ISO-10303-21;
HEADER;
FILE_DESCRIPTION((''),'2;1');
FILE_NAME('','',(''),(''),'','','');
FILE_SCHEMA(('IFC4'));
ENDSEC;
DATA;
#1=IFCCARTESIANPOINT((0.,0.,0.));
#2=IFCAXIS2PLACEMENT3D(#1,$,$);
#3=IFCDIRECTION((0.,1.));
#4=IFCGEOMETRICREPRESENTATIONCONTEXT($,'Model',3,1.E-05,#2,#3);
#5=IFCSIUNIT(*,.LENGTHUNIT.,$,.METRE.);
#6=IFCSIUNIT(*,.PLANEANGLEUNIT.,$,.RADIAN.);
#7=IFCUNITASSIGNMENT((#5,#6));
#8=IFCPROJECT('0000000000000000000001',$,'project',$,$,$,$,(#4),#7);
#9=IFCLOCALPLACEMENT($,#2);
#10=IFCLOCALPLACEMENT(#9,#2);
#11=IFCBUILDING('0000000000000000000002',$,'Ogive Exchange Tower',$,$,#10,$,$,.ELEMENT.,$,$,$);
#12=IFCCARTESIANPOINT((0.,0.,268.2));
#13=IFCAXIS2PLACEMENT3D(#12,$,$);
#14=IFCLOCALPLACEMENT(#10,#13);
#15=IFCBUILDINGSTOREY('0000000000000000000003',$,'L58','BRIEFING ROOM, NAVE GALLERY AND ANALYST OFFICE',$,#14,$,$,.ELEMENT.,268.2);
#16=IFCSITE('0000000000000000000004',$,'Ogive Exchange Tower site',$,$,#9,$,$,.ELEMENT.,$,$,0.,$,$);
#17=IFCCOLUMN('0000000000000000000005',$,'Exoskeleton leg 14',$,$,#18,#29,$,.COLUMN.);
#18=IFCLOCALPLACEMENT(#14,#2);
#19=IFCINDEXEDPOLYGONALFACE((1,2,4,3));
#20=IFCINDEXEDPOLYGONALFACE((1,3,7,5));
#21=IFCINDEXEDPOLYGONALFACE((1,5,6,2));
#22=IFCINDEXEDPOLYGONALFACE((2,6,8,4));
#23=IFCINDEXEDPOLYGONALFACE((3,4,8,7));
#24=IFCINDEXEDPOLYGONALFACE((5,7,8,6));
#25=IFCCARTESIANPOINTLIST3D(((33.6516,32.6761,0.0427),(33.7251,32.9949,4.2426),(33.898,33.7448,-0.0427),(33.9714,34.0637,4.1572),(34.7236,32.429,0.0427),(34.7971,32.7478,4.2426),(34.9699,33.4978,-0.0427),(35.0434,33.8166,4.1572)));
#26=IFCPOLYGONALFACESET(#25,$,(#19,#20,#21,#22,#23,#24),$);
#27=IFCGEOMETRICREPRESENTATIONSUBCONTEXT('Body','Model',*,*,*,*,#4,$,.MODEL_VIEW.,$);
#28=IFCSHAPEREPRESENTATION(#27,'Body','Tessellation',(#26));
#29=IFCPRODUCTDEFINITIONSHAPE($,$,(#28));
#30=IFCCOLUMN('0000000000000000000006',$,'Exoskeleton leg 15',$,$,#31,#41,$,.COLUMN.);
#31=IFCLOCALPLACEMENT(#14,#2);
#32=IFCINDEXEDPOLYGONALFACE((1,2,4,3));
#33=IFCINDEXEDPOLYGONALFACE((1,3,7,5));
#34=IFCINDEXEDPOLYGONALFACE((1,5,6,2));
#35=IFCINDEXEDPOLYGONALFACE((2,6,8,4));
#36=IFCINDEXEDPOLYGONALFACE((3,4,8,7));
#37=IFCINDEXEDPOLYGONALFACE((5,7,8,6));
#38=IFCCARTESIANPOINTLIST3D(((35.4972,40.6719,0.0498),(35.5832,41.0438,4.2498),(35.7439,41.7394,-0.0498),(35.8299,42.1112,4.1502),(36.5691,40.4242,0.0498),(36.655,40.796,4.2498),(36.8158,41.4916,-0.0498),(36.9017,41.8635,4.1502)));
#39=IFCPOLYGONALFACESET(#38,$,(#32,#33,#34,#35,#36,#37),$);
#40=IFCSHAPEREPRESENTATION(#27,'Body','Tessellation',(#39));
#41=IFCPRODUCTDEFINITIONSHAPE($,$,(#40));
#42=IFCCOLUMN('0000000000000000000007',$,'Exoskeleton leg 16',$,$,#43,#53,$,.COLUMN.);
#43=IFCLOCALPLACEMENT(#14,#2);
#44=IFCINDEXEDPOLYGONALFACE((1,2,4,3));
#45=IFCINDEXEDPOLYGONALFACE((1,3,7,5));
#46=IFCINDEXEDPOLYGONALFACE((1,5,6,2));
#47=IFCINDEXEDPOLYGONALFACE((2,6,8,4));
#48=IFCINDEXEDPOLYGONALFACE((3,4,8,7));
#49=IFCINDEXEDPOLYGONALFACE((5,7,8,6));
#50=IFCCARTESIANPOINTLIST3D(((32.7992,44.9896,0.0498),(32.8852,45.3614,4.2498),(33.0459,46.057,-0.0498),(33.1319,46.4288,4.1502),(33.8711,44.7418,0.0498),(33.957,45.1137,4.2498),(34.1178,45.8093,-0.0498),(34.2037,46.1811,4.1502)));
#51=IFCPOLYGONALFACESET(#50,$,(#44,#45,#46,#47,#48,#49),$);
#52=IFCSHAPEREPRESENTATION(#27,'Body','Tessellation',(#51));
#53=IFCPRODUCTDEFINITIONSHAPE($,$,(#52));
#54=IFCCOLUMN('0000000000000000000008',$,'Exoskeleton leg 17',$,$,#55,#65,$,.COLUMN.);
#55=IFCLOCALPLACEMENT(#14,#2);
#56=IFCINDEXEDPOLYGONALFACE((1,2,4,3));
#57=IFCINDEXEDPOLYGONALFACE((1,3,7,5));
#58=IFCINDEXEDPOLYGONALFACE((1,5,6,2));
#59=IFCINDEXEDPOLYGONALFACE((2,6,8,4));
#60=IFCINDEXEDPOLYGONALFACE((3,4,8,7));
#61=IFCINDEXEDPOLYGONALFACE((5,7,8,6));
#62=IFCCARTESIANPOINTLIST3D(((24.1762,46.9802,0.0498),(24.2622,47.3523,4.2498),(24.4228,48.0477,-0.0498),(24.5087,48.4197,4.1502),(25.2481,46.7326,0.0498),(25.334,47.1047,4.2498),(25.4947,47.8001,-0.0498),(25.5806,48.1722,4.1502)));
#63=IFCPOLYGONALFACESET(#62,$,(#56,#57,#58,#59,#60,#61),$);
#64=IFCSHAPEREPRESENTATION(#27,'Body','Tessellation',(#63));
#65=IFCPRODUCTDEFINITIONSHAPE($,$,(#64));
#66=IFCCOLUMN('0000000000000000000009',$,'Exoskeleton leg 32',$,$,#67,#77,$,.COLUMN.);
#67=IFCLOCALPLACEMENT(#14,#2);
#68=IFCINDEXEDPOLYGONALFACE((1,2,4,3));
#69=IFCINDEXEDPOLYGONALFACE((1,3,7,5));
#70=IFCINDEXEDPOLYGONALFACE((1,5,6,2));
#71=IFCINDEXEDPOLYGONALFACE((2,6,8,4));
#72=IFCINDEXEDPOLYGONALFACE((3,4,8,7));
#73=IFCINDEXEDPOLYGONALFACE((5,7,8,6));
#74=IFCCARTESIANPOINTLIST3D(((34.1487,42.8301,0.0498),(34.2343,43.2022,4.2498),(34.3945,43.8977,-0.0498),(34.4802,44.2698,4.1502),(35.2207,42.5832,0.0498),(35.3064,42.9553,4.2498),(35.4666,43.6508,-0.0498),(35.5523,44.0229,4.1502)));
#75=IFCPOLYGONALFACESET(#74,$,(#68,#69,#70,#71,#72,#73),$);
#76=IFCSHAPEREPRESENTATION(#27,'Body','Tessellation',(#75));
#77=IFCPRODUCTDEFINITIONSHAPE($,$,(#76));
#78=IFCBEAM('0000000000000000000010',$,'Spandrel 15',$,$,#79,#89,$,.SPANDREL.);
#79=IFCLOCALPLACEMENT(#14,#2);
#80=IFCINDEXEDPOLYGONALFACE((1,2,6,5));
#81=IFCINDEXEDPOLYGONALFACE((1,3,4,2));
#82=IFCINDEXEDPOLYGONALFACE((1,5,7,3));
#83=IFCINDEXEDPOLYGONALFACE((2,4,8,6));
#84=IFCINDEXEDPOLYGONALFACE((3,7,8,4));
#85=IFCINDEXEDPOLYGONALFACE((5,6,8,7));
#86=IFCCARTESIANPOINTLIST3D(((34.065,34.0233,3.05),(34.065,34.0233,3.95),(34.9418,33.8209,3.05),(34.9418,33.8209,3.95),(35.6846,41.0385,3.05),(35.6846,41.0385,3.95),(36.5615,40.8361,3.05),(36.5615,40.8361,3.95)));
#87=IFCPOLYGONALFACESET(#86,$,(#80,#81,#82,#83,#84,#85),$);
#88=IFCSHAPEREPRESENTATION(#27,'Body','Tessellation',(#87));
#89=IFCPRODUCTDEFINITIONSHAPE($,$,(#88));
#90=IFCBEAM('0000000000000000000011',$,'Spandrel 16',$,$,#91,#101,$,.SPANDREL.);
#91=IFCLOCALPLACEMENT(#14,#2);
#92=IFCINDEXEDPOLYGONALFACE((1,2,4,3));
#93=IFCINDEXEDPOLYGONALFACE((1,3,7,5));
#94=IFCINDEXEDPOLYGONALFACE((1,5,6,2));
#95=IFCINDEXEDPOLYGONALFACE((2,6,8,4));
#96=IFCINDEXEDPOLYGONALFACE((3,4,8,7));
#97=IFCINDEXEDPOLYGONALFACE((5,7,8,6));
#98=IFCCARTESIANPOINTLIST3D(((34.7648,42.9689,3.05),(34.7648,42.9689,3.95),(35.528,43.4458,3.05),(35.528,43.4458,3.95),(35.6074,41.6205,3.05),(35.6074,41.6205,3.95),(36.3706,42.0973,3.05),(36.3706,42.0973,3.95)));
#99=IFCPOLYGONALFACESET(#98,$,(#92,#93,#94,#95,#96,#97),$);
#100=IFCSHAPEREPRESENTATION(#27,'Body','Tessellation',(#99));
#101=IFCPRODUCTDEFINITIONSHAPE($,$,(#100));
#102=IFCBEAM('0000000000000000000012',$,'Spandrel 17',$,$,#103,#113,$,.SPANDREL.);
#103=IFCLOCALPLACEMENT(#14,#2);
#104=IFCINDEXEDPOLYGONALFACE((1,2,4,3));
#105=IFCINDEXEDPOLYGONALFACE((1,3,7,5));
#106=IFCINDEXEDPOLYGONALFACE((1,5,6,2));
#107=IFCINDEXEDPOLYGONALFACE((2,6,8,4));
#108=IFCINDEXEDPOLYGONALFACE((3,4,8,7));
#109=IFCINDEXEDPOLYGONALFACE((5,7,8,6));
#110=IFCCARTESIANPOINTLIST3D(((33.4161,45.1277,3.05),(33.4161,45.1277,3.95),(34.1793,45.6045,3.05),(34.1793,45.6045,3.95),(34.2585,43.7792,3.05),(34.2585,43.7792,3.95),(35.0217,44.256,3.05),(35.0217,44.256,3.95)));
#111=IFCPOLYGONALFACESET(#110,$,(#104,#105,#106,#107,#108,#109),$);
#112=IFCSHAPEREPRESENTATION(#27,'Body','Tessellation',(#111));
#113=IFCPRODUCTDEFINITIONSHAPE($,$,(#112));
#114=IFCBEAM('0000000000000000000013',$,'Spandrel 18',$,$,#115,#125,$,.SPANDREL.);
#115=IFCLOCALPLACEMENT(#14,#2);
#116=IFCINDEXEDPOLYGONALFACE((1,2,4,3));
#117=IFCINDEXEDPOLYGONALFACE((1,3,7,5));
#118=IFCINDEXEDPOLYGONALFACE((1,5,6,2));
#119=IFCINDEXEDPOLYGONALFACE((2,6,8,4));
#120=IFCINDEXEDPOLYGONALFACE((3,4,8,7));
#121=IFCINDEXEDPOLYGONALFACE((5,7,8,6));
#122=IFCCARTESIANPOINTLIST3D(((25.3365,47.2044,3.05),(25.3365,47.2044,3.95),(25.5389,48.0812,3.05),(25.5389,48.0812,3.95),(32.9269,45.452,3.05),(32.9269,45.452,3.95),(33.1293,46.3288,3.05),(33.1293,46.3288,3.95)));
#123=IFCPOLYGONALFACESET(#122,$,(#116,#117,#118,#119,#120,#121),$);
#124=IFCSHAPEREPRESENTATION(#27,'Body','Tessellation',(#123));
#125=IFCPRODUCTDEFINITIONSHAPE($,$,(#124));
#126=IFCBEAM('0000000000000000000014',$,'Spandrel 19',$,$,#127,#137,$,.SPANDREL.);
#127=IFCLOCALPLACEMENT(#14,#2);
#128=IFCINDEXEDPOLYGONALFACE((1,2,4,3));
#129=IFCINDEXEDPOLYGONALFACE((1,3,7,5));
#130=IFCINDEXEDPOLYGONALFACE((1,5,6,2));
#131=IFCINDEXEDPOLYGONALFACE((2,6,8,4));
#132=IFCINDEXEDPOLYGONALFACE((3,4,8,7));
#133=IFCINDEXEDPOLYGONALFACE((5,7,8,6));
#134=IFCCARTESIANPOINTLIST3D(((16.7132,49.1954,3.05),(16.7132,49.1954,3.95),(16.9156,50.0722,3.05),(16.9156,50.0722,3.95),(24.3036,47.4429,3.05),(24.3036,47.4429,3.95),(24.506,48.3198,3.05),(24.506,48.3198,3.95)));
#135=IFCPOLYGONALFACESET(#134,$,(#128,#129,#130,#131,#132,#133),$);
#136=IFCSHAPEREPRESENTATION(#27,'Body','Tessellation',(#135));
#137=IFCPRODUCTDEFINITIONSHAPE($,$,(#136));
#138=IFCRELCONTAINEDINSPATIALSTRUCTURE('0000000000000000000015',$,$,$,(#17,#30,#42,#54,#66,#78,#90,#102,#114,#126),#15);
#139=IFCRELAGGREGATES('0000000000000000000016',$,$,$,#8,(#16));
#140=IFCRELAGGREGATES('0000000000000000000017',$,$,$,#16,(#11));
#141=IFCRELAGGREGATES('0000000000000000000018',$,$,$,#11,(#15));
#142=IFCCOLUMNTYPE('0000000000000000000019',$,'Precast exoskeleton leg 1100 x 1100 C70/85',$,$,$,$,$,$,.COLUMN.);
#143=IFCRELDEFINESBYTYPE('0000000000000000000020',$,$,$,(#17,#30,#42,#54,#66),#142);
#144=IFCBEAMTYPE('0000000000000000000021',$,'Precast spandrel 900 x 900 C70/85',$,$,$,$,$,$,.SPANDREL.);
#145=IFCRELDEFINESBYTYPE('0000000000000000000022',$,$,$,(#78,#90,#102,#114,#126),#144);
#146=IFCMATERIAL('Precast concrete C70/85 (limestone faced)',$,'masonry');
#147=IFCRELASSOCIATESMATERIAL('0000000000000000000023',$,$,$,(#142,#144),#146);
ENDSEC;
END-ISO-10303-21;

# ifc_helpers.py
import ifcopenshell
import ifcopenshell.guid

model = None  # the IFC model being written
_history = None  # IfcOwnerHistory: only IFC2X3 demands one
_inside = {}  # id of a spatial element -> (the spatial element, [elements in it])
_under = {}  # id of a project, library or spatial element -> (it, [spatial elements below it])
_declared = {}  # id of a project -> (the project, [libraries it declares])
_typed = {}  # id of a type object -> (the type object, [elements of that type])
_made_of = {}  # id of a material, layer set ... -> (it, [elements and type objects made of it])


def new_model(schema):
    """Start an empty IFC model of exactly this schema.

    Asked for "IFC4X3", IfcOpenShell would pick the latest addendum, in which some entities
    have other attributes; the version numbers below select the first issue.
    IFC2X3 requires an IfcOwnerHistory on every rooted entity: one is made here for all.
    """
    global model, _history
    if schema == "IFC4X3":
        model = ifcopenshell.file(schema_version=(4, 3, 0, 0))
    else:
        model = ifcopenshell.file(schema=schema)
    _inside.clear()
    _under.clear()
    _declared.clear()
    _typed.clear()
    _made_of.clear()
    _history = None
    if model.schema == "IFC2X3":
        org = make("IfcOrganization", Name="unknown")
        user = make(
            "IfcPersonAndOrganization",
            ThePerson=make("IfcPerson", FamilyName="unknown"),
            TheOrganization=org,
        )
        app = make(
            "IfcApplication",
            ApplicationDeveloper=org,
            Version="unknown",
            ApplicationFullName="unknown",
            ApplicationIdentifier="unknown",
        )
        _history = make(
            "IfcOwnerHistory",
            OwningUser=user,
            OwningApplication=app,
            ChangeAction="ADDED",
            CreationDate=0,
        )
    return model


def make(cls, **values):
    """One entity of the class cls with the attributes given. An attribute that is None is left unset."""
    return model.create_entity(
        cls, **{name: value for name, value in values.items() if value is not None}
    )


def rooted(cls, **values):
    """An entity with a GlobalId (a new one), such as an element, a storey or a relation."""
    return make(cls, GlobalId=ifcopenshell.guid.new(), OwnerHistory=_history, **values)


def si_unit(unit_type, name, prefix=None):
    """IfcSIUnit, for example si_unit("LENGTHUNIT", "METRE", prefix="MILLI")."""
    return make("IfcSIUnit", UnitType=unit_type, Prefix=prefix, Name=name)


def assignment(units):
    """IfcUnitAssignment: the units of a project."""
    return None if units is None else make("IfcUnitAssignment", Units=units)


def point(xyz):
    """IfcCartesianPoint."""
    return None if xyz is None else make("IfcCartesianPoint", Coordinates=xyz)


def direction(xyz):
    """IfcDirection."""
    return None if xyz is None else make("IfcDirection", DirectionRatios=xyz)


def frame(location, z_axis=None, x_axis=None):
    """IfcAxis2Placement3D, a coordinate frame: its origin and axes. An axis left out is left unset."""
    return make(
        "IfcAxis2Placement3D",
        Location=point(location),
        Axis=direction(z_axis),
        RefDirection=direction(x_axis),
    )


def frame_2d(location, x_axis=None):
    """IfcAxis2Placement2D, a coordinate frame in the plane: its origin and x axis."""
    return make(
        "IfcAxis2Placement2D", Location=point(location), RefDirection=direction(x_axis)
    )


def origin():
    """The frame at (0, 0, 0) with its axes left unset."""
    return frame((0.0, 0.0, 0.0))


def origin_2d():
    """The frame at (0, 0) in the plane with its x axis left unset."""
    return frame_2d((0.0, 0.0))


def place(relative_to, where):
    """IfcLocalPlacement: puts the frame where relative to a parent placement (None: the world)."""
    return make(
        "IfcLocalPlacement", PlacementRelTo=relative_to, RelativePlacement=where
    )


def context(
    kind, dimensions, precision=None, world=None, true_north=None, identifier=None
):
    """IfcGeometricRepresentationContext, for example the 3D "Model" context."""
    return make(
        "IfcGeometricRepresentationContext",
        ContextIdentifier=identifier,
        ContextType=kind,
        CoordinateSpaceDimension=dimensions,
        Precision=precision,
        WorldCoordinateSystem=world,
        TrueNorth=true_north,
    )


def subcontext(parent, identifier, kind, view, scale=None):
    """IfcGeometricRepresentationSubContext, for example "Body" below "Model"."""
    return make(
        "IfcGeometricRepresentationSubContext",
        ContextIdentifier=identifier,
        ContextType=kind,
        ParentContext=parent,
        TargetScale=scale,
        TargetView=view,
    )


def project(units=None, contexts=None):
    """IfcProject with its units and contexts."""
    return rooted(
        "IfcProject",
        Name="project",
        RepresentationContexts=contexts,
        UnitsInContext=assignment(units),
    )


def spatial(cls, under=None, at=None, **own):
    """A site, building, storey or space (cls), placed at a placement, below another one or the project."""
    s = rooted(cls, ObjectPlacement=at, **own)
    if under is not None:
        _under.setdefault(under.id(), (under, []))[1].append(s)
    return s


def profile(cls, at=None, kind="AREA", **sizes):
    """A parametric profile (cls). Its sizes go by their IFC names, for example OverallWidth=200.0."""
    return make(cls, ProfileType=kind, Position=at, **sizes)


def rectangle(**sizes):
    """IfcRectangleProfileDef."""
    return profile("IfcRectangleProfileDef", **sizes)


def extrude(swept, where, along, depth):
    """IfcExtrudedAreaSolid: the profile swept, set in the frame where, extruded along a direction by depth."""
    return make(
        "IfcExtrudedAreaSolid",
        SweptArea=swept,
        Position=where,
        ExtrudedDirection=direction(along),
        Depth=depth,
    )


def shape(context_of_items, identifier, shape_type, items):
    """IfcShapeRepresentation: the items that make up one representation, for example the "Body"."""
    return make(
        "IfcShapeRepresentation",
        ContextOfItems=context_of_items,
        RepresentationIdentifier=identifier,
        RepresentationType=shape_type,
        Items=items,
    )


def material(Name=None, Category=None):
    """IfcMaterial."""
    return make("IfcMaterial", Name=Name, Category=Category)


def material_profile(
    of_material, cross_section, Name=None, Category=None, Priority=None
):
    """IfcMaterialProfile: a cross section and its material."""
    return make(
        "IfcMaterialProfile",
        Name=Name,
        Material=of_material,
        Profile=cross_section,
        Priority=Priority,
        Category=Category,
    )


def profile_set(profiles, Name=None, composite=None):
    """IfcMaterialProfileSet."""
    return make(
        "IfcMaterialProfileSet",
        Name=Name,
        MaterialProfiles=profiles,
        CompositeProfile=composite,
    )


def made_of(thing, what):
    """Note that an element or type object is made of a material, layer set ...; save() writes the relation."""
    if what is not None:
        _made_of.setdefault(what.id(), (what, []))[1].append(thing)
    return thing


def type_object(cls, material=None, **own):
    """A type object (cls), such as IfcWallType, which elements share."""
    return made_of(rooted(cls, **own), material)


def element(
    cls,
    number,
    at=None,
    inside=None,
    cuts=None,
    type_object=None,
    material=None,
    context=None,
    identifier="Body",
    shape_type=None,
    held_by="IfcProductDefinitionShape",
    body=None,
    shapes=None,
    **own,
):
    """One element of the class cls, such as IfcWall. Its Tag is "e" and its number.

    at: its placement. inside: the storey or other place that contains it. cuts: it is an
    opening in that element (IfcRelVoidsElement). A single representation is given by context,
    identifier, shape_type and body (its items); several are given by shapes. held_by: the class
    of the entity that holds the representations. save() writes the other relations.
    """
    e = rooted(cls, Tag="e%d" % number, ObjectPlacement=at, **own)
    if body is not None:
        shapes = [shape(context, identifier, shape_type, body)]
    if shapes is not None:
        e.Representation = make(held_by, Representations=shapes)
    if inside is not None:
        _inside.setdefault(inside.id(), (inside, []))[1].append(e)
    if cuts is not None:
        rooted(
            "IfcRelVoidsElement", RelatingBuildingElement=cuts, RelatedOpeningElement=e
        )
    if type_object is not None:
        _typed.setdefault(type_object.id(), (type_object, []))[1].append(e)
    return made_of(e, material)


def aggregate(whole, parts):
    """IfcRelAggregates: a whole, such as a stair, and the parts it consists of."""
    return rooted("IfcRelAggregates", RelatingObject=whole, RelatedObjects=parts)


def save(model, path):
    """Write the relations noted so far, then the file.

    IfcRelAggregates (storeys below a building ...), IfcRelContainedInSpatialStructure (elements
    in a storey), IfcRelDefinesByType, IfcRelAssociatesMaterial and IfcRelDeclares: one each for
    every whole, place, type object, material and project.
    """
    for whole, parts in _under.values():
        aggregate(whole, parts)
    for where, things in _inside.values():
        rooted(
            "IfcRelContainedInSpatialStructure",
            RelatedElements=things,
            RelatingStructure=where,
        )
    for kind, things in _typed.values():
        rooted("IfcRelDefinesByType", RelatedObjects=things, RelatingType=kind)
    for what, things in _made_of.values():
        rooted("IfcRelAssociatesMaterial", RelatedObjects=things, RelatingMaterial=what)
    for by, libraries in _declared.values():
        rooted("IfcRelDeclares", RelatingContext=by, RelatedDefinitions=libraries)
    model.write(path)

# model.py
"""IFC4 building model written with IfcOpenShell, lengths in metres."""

from ifc_helpers import new_model, si_unit, direction, frame, origin, origin_2d, place, context, subcontext, project, spatial, rectangle, extrude, material, material_profile, profile_set, type_object, element, save


model = new_model("IFC4")

# Units and contexts
model_context = context("Model", 3, precision=1e-05, world=origin(), true_north=direction((0.0, 1.0)))
body_context = subcontext(model_context, "Body", "Model", "MODEL_VIEW")
ifc_project = project(units=[si_unit("LENGTHUNIT", "METRE"), si_unit("PLANEANGLEUNIT", "RADIAN")], contexts=[model_context])

# Site, building, storey
site_placement = place(None, origin())
site = spatial("IfcSite", under=ifc_project, at=site_placement, Name="Ogive Exchange Tower site", CompositionType="ELEMENT", RefElevation=0.0)
building_placement = place(site_placement, origin())
building = spatial("IfcBuilding", under=site, at=building_placement, Name="Ogive Exchange Tower", CompositionType="ELEMENT")
storey_placement = place(building_placement, frame((0.0, 0.0, 268.2)))
storey = spatial("IfcBuildingStorey", under=building, at=storey_placement, Name="L58", Description="BRIEFING ROOM, NAVE GALLERY AND ANALYST OFFICE", CompositionType="ELEMENT", Elevation=268.2)

# Columns
ifc_material_1 = material(Name="Precast concrete C70/85 (limestone faced)", Category="masonry")
ifc_material_profile_1 = material_profile(ifc_material_1, rectangle(XDim=1.1001, YDim=1.1001, at=origin_2d()), Name="1100 x 1100")
ifc_profile_set_1 = profile_set([ifc_material_profile_1], Name="Precast concrete C70/85 (limestone faced)")
column_type = type_object("IfcColumnType", Name="Precast exoskeleton leg 1100 x 1100 C70/85", PredefinedType="COLUMN", material=ifc_profile_set_1)
column_placement = place(storey_placement, frame((34.3108, 33.0869, 0.0), z_axis=(0.017444, 0.075688, 0.996979), x_axis=(-0.974454, 0.224587, 0.0)))
element("IfcColumn", 1, at=column_placement, inside=storey, type_object=column_type, Name="Exoskeleton leg 14", PredefinedType="COLUMN", context=body_context, shape_type="SweptSolid", body=[
    extrude(rectangle(XDim=1.1001, YDim=1.1001, at=origin_2d()), origin(), (0.0, 0.0, 1.0), 4.2126),
])
for number, where, z_axis, x_axis, name in (
    (2, (36.1565, 41.0818, 0.0), (0.020378, 0.088168, 0.995897), (-0.974316, 0.225187, 0.0), "Exoskeleton leg 15"),
    (3, (33.4585, 45.3994, 0.0), (0.020378, 0.088168, 0.995897), (-0.974316, 0.225187, 0.0), "Exoskeleton leg 16"),
    (4, (24.8354, 47.3901, 0.0), (0.020377, 0.088225, 0.995892), (-0.974348, 0.225046, 0.0), "Exoskeleton leg 17"),
    (5, (34.8076, 43.2405, 0.0), (0.02032, 0.088225, 0.995893), (-0.974488, 0.224439, 0.0), "Exoskeleton leg 32"),
):
    element("IfcColumn", number, at=place(storey_placement, frame(where, z_axis=z_axis, x_axis=x_axis)), inside=storey, type_object=column_type, Name=name, PredefinedType="COLUMN", context=body_context, shape_type="SweptSolid", body=[
        extrude(rectangle(XDim=1.1001, YDim=1.1001, at=origin_2d()), origin(), (0.0, 0.0, 1.0), 4.2173),
    ])

# Beams
ifc_material_profile_2 = material_profile(ifc_material_1, rectangle(XDim=0.8999, YDim=0.8999, at=origin_2d()), Name="900 x 900")
ifc_profile_set_2 = profile_set([ifc_material_profile_2], Name="Precast concrete C70/85 (limestone faced)")
beam_type = type_object("IfcBeamType", Name="Precast spandrel 900 x 900 C70/85", PredefinedType="SPANDREL", material=ifc_profile_set_2)
beam_placement = place(storey_placement, frame((34.5034, 33.9221, 3.5), z_axis=(0.224959, 0.974368, 0.0), x_axis=(-0.974368, 0.224959, 0.0)))
element("IfcBeam", 6, at=beam_placement, inside=storey, type_object=beam_type, Name="Spandrel 15", PredefinedType="SPANDREL", context=body_context, shape_type="SweptSolid", body=[
    extrude(rectangle(XDim=0.8999, YDim=0.8999, at=origin_2d()), origin(), (0.0, 0.0, 1.0), 7.1997),
])
for number, where, z_axis, x_axis, name in (
    (7, (35.989, 41.8589, 3.5), (-0.529902, 0.848059, 0.0), (-0.848059, -0.529902, 0.0), "Spandrel 16"),
    (8, (34.6401, 44.0176, 3.5), (-0.529833, 0.848102, 0.0), (-0.848102, -0.529833, 0.0), "Spandrel 17"),
):
    element("IfcBeam", number, at=place(storey_placement, frame(where, z_axis=z_axis, x_axis=x_axis)), inside=storey, type_object=beam_type, Name=name, PredefinedType="SPANDREL", context=body_context, shape_type="SweptSolid", body=[
        extrude(rectangle(XDim=0.8999, YDim=0.8999, at=origin_2d()), origin(), (0.0, 0.0, 1.0), 1.5901),
    ])
for number, where, z_axis, x_axis, name in (
    (9, (33.0281, 45.8904, 3.5), (-0.974368, 0.22496, 0.0), (-0.22496, -0.974368, 0.0), "Spandrel 18"),
    (10, (24.4048, 47.8813, 3.5), (-0.974368, 0.22496, 0.0), (-0.22496, -0.974368, 0.0), "Spandrel 19"),
):
    element("IfcBeam", number, at=place(storey_placement, frame(where, z_axis=z_axis, x_axis=x_axis)), inside=storey, type_object=beam_type, Name=name, PredefinedType="SPANDREL", context=body_context, shape_type="SweptSolid", body=[
        extrude(rectangle(XDim=0.8999, YDim=0.8999, at=origin_2d()), origin(), (0.0, 0.0, 1.0), 7.79),
    ])

save(model, "model.ifc")
